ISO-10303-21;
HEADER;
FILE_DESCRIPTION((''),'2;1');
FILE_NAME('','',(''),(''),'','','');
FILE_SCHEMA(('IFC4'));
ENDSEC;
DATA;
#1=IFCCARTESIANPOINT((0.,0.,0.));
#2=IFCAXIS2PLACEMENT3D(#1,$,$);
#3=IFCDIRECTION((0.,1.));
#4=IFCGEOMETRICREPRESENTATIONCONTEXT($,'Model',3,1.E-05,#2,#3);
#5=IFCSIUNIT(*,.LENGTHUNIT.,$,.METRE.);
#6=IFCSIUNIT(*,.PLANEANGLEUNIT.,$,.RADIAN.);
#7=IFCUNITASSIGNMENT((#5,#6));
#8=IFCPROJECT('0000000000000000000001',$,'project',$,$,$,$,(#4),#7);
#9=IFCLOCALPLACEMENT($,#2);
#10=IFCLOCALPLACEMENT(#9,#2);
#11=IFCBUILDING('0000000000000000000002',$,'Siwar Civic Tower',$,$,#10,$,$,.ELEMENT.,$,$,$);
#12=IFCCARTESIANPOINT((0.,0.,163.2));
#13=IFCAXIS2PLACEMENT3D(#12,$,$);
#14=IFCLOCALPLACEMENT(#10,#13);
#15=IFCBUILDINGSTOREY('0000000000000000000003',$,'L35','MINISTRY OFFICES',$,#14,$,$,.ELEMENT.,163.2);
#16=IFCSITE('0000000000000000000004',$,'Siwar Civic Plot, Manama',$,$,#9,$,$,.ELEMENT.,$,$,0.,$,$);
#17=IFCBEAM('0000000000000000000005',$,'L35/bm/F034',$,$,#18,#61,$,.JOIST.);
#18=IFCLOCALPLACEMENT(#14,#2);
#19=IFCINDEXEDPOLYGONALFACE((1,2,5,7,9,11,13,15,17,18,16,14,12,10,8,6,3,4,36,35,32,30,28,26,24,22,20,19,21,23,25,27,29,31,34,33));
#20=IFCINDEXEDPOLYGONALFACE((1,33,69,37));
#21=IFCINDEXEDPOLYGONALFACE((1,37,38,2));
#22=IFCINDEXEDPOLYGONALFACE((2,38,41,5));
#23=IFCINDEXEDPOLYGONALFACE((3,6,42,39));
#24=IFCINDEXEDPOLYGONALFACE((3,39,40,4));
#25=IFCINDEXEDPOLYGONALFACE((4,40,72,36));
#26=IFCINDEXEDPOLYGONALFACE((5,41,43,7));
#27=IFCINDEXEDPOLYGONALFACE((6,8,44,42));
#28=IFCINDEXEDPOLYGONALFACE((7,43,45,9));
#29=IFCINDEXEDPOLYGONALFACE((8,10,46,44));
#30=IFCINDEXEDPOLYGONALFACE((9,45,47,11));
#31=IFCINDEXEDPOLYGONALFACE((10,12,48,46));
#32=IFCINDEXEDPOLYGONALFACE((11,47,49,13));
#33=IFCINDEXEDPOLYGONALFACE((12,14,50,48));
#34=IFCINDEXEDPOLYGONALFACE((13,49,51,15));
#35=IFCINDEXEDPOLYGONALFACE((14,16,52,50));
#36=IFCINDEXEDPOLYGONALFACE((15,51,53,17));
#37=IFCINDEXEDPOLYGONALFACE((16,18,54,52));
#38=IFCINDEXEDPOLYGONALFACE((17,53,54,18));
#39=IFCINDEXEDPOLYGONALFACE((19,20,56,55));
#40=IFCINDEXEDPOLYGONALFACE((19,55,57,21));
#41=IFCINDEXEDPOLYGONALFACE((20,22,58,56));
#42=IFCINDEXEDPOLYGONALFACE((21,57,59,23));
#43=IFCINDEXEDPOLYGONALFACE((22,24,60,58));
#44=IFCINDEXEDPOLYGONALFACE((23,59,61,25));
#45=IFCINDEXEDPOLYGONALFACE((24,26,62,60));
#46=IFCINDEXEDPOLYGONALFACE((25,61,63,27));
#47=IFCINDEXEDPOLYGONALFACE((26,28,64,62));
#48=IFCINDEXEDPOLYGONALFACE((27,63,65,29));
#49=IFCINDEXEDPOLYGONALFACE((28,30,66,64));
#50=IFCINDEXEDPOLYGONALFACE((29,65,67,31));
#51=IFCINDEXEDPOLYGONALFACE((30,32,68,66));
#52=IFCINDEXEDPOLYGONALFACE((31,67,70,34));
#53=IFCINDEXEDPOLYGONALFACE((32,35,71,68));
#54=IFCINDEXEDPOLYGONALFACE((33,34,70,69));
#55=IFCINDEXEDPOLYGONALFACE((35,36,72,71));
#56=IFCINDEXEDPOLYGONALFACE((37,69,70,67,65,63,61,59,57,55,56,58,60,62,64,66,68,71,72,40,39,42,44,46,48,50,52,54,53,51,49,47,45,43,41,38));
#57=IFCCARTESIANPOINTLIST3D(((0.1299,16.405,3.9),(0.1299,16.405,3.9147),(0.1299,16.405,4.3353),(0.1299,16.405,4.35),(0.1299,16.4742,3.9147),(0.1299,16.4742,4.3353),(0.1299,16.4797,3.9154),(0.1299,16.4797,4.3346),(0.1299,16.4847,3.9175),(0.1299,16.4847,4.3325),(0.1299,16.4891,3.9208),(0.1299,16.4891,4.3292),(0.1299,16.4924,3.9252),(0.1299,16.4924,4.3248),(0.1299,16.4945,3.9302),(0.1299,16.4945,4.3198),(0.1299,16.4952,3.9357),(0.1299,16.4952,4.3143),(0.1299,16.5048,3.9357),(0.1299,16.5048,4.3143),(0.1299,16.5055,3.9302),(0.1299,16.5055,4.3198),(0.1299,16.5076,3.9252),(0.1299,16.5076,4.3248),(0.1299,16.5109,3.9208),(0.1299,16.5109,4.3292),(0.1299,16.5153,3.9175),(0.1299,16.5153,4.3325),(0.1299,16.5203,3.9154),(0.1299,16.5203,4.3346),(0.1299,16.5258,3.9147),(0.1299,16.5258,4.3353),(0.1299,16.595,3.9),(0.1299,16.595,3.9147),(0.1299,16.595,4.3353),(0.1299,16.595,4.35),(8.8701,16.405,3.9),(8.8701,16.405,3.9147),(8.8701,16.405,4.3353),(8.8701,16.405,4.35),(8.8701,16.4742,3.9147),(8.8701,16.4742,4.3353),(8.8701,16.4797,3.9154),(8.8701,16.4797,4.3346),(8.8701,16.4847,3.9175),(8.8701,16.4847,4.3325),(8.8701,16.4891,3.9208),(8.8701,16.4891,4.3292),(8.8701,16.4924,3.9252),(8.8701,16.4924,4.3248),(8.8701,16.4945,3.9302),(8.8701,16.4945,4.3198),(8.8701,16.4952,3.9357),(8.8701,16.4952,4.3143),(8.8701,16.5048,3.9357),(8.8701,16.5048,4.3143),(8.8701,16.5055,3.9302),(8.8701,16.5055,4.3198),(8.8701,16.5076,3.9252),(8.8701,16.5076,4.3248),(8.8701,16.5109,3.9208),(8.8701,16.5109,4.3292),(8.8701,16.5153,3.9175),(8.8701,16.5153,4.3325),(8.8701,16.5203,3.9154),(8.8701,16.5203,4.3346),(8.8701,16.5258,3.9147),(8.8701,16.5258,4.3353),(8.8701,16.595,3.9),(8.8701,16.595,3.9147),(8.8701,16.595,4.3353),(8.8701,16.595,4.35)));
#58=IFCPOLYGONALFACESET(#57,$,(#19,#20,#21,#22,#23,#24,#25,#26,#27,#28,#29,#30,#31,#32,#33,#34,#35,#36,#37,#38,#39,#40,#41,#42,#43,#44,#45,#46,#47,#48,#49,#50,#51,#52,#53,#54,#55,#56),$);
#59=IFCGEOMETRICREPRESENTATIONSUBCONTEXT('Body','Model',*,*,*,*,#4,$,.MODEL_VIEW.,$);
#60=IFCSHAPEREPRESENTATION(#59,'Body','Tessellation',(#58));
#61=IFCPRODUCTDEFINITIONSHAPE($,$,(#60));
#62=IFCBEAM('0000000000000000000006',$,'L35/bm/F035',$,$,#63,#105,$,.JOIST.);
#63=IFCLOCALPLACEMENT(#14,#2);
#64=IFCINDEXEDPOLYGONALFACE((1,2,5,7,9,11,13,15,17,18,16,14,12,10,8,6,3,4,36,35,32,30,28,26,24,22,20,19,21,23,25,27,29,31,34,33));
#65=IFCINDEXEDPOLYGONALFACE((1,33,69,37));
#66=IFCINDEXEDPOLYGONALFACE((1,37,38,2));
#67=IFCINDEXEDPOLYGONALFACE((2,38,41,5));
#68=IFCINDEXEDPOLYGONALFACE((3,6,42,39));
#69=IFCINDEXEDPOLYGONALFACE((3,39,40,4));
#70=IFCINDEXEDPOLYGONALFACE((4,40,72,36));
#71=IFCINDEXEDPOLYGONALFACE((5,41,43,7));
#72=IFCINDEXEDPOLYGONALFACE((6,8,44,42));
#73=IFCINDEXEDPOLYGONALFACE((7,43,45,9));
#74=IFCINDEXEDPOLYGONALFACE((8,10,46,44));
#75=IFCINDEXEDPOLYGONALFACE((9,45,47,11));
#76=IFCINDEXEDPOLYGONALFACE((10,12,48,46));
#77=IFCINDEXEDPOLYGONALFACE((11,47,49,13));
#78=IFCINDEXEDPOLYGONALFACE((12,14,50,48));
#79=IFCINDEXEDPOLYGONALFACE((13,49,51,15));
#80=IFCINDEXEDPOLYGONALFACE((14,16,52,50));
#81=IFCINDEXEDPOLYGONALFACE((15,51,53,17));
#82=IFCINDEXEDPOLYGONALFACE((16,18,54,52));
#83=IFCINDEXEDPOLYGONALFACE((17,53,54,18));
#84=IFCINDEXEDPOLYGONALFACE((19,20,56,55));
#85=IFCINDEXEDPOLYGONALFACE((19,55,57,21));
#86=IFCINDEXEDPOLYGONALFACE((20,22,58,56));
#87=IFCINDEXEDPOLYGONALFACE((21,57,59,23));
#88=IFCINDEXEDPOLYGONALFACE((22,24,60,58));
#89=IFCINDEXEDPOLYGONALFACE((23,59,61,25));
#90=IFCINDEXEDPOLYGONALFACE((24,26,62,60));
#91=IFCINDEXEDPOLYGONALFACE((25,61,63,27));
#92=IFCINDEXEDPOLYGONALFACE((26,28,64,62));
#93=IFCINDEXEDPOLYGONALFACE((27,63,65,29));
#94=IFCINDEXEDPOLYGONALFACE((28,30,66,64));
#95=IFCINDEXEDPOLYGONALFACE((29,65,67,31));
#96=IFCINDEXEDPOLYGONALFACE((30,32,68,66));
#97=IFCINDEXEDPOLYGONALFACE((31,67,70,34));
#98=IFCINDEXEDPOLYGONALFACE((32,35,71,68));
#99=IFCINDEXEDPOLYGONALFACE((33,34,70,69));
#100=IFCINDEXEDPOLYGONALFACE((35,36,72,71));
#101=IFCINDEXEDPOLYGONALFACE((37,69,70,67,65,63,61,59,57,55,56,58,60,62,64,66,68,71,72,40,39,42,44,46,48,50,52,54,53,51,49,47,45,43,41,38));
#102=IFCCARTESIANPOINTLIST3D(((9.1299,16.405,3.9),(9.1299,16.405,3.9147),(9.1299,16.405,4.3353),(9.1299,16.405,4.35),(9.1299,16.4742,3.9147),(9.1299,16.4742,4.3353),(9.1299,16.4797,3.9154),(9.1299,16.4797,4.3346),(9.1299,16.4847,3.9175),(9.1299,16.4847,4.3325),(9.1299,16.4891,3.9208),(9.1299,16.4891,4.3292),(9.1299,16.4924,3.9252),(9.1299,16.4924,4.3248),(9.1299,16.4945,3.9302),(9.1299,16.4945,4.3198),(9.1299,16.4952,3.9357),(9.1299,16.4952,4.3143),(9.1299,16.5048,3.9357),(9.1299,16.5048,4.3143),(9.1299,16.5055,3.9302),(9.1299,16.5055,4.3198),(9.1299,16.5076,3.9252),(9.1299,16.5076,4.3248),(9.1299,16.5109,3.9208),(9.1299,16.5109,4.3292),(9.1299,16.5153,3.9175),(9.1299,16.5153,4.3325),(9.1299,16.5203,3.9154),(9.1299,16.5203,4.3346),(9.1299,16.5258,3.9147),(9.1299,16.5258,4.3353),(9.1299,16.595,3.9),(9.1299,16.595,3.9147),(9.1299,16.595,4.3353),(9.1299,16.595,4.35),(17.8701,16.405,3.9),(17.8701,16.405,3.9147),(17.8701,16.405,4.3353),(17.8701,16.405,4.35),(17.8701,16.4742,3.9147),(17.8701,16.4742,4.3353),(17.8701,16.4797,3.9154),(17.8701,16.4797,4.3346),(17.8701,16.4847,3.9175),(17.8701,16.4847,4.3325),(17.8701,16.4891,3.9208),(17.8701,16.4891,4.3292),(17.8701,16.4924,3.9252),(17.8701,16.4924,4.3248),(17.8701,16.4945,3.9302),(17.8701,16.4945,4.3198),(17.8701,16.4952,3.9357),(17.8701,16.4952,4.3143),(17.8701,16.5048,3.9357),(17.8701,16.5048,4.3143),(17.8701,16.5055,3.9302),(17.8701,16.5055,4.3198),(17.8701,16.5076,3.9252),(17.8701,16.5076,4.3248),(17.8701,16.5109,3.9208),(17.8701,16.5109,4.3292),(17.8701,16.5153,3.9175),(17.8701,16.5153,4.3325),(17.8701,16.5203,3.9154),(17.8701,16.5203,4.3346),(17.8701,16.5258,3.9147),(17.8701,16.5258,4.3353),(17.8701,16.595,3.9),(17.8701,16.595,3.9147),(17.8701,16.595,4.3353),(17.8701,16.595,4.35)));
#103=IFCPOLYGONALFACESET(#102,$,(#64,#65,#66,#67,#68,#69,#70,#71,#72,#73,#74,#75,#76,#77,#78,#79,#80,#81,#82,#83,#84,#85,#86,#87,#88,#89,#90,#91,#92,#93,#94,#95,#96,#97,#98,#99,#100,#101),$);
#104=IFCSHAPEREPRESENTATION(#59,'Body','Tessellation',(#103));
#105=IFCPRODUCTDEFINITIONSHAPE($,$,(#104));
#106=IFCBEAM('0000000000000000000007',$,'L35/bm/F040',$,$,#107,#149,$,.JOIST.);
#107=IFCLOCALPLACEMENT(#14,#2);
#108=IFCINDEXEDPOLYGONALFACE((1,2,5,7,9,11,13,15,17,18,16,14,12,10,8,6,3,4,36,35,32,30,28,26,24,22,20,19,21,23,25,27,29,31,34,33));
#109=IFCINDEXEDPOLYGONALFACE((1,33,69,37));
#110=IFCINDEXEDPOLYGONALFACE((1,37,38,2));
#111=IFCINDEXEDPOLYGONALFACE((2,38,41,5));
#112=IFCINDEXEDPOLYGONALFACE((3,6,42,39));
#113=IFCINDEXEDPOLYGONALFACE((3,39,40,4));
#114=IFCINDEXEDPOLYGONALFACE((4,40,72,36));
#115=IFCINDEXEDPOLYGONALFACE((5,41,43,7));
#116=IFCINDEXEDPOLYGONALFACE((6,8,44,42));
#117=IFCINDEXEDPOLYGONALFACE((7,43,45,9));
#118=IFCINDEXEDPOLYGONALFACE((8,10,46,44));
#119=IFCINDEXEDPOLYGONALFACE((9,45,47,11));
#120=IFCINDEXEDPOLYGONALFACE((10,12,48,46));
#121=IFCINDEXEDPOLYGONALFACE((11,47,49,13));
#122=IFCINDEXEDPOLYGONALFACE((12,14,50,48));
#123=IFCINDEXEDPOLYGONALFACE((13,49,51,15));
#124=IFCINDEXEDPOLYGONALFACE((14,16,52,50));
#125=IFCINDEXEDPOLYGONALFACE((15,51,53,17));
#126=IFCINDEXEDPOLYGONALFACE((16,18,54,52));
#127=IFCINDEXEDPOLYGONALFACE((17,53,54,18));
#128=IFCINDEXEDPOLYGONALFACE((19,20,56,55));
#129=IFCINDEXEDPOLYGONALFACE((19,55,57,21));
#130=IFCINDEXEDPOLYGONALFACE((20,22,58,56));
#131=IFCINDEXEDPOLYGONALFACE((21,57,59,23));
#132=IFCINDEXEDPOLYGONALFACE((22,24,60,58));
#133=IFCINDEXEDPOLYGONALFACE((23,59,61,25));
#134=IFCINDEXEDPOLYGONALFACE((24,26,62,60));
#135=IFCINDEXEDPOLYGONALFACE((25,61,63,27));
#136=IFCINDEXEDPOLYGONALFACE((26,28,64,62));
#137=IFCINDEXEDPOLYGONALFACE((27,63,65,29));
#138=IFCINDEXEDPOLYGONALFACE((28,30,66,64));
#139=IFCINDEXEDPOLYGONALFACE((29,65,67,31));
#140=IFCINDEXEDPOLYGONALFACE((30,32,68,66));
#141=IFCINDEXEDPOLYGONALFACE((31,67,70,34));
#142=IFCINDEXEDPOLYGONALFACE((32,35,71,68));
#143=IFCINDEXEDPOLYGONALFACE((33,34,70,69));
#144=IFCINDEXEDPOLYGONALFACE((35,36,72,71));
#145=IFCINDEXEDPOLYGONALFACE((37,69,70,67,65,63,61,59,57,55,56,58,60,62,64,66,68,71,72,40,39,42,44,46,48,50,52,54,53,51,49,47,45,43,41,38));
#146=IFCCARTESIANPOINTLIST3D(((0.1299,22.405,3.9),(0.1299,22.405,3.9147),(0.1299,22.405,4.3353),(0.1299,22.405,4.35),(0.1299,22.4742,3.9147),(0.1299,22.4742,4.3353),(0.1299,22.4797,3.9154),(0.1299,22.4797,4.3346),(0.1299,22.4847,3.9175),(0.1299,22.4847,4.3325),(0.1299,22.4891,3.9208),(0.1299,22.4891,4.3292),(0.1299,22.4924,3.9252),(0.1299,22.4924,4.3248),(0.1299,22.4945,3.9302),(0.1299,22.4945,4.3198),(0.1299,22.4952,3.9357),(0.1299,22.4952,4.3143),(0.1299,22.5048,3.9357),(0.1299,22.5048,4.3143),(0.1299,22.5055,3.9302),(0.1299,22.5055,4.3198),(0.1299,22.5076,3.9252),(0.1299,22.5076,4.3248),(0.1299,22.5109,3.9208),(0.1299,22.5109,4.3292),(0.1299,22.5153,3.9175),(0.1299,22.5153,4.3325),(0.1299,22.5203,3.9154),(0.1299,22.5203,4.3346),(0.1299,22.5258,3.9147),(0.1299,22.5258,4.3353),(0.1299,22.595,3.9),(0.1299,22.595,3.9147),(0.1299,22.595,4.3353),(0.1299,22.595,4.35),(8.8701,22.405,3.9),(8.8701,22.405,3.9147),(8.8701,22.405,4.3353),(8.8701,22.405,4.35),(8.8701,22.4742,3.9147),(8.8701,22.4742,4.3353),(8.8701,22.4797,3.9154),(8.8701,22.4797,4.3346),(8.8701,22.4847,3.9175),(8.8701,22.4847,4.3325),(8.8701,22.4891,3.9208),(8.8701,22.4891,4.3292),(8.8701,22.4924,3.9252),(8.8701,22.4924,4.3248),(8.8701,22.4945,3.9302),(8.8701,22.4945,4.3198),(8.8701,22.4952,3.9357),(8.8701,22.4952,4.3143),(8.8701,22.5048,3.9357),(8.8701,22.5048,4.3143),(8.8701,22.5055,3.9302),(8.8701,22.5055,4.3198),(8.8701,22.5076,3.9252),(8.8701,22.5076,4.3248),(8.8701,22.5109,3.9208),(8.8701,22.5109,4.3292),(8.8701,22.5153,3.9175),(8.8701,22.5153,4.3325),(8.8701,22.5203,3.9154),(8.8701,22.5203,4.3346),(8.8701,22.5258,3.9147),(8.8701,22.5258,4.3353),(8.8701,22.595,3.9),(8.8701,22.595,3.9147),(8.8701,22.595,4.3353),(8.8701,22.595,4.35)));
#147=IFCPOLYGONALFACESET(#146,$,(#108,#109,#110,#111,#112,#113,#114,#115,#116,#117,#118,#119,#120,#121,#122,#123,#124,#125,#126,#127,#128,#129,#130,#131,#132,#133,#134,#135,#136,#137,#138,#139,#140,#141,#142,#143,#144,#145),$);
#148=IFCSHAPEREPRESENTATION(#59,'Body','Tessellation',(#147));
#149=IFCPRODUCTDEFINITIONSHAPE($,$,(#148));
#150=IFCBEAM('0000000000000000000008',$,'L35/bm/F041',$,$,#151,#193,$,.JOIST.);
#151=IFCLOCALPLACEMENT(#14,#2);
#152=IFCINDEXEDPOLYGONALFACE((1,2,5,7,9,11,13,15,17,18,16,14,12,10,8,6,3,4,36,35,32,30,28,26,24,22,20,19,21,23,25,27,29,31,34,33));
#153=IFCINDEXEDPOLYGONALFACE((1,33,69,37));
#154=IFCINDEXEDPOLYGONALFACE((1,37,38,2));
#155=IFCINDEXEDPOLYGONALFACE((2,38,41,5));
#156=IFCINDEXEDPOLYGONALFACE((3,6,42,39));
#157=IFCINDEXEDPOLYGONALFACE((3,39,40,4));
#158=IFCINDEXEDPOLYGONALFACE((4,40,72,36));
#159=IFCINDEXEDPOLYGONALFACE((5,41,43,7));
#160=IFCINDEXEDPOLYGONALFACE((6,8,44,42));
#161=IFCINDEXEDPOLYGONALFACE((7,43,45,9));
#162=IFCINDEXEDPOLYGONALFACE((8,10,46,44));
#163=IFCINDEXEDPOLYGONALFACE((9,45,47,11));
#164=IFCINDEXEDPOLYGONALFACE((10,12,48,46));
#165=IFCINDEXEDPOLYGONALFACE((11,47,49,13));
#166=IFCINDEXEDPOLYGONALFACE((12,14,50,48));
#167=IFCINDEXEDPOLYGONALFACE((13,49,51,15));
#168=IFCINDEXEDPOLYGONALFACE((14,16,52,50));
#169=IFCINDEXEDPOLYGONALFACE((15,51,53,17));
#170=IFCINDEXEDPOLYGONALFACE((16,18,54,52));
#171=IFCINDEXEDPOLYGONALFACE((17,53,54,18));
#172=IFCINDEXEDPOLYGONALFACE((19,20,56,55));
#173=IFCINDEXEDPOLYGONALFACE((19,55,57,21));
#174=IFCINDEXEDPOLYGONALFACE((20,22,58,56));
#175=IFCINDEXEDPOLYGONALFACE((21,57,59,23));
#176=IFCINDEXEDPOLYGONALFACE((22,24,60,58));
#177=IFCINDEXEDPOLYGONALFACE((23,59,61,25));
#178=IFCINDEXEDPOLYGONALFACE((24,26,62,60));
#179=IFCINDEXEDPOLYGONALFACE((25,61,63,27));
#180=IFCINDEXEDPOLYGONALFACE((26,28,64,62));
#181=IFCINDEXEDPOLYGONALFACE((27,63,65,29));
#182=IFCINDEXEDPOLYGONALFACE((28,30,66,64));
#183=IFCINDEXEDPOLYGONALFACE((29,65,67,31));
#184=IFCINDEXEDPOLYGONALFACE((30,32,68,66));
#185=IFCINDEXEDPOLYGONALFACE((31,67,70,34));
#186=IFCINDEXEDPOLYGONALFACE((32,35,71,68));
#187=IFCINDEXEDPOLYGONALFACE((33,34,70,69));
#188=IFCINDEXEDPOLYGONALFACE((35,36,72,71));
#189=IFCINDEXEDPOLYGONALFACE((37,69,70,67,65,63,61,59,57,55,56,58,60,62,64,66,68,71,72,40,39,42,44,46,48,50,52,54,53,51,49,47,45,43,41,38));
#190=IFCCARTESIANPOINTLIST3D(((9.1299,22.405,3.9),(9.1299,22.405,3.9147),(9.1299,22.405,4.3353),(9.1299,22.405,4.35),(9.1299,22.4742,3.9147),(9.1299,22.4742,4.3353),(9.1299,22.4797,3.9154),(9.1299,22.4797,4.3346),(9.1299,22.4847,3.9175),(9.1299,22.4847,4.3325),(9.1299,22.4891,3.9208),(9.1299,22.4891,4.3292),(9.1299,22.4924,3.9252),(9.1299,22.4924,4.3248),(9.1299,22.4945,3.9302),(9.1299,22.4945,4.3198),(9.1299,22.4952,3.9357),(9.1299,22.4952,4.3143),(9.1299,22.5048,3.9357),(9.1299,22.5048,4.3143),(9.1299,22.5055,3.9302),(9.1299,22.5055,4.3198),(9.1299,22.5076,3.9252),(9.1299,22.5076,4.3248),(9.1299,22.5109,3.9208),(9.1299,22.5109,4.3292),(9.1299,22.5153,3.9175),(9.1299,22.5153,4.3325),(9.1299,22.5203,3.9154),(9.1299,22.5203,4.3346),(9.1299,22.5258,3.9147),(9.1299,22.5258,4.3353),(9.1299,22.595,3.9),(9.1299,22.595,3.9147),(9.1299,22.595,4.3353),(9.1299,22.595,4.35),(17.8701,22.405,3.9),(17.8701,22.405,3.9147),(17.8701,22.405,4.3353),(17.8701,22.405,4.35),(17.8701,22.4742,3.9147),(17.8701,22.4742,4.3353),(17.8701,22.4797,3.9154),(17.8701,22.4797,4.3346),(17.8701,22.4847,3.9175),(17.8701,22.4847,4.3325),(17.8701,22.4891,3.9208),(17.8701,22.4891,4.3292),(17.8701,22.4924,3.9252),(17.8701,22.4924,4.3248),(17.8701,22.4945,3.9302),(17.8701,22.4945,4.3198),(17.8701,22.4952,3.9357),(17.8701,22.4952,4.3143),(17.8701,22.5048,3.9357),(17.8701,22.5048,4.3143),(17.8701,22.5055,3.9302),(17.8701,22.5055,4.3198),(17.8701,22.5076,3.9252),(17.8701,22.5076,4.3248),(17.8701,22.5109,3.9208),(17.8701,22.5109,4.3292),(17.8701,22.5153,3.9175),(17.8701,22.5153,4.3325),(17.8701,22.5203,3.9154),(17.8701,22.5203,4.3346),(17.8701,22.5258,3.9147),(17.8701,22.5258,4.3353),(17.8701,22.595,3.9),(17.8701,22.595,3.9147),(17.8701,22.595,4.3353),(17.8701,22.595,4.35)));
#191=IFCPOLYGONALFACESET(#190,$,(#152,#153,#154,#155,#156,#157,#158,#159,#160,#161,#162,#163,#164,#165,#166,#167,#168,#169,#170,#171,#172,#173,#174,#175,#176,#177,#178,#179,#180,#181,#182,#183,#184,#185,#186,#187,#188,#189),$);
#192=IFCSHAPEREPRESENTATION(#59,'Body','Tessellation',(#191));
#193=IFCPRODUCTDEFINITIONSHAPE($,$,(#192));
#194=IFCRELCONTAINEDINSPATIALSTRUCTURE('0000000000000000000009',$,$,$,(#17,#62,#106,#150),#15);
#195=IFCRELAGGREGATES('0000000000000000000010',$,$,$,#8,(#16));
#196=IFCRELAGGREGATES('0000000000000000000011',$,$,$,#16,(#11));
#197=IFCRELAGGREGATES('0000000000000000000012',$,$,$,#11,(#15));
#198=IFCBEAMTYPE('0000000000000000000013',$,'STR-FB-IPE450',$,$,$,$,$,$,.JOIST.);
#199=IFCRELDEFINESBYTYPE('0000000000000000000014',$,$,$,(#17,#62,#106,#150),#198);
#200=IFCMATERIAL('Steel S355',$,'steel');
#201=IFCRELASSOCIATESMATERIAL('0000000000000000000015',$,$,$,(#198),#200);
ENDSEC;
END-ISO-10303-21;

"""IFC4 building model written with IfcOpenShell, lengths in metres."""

from ifc_helpers import new_model, si_unit, direction, frame, origin, origin_2d, place, context, subcontext, project, spatial, i_section, extrude, material, material_profile, profile_set, type_object, element, save


model = new_model("IFC4")

# Units and contexts
model_context = context("Model", 3, precision=1e-05, world=origin(), true_north=direction((0.0, 1.0)))
body_context = subcontext(model_context, "Body", "Model", "MODEL_VIEW")
ifc_project = project(units=[si_unit("LENGTHUNIT", "METRE"), si_unit("PLANEANGLEUNIT", "RADIAN")], contexts=[model_context])

# Site, building, storey
site_placement = place(None, origin())
site = spatial("IfcSite", under=ifc_project, at=site_placement, Name="Siwar Civic Plot, Manama", CompositionType="ELEMENT", RefElevation=0.0)
building_placement = place(site_placement, origin())
building = spatial("IfcBuilding", under=site, at=building_placement, Name="Siwar Civic Tower", CompositionType="ELEMENT")
storey_placement = place(building_placement, frame((0.0, 0.0, 163.2)))
storey = spatial("IfcBuildingStorey", under=building, at=storey_placement, Name="L35", Description="MINISTRY OFFICES", CompositionType="ELEMENT", Elevation=163.2)

# Beams
ifc_material_1 = material(Name="Steel S355", Category="steel")
ifc_material_profile_1 = material_profile(ifc_material_1, i_section(OverallWidth=0.1899, OverallDepth=0.45, WebThickness=0.0095, FlangeThickness=0.0146, FilletRadius=0.021, at=origin_2d()), Name="IPE450")
ifc_profile_set_1 = profile_set([ifc_material_profile_1], Name="Steel S355")
beam_type_1 = type_object("IfcBeamType", Name="STR-FB-IPE450", PredefinedType="JOIST", material=ifc_profile_set_1)
for number, where, z_axis, x_axis, name in (
    (1, (0.1299, 16.5, 4.125), (1.0, 0.0, 0.0), (0.0, 1.0, 0.0), "L35/bm/F034"),
    (2, (9.1299, 16.5, 4.125), (1.0, 0.0, 0.0), (0.0, 1.0, 0.0), "L35/bm/F035"),
    (3, (0.1299, 22.5, 4.125), (1.0, 0.0, 0.0), (0.0, 1.0, 0.0), "L35/bm/F040"),
    (4, (9.1299, 22.5, 4.125), (1.0, 0.0, 0.0), (0.0, 1.0, 0.0), "L35/bm/F041"),
):
    element("IfcBeam", number, at=place(storey_placement, frame(where, z_axis=z_axis, x_axis=x_axis)), inside=storey, type_object=beam_type_1, Name=name, PredefinedType="JOIST", context=body_context, shape_type="SweptSolid", body=[
        extrude(i_section(OverallWidth=0.1899, OverallDepth=0.45, WebThickness=0.0095, FlangeThickness=0.0146, FilletRadius=0.021, at=origin_2d()), origin(), (0.0, 0.0, 1.0), 8.7402),
    ])

save(model, "model.ifc")
